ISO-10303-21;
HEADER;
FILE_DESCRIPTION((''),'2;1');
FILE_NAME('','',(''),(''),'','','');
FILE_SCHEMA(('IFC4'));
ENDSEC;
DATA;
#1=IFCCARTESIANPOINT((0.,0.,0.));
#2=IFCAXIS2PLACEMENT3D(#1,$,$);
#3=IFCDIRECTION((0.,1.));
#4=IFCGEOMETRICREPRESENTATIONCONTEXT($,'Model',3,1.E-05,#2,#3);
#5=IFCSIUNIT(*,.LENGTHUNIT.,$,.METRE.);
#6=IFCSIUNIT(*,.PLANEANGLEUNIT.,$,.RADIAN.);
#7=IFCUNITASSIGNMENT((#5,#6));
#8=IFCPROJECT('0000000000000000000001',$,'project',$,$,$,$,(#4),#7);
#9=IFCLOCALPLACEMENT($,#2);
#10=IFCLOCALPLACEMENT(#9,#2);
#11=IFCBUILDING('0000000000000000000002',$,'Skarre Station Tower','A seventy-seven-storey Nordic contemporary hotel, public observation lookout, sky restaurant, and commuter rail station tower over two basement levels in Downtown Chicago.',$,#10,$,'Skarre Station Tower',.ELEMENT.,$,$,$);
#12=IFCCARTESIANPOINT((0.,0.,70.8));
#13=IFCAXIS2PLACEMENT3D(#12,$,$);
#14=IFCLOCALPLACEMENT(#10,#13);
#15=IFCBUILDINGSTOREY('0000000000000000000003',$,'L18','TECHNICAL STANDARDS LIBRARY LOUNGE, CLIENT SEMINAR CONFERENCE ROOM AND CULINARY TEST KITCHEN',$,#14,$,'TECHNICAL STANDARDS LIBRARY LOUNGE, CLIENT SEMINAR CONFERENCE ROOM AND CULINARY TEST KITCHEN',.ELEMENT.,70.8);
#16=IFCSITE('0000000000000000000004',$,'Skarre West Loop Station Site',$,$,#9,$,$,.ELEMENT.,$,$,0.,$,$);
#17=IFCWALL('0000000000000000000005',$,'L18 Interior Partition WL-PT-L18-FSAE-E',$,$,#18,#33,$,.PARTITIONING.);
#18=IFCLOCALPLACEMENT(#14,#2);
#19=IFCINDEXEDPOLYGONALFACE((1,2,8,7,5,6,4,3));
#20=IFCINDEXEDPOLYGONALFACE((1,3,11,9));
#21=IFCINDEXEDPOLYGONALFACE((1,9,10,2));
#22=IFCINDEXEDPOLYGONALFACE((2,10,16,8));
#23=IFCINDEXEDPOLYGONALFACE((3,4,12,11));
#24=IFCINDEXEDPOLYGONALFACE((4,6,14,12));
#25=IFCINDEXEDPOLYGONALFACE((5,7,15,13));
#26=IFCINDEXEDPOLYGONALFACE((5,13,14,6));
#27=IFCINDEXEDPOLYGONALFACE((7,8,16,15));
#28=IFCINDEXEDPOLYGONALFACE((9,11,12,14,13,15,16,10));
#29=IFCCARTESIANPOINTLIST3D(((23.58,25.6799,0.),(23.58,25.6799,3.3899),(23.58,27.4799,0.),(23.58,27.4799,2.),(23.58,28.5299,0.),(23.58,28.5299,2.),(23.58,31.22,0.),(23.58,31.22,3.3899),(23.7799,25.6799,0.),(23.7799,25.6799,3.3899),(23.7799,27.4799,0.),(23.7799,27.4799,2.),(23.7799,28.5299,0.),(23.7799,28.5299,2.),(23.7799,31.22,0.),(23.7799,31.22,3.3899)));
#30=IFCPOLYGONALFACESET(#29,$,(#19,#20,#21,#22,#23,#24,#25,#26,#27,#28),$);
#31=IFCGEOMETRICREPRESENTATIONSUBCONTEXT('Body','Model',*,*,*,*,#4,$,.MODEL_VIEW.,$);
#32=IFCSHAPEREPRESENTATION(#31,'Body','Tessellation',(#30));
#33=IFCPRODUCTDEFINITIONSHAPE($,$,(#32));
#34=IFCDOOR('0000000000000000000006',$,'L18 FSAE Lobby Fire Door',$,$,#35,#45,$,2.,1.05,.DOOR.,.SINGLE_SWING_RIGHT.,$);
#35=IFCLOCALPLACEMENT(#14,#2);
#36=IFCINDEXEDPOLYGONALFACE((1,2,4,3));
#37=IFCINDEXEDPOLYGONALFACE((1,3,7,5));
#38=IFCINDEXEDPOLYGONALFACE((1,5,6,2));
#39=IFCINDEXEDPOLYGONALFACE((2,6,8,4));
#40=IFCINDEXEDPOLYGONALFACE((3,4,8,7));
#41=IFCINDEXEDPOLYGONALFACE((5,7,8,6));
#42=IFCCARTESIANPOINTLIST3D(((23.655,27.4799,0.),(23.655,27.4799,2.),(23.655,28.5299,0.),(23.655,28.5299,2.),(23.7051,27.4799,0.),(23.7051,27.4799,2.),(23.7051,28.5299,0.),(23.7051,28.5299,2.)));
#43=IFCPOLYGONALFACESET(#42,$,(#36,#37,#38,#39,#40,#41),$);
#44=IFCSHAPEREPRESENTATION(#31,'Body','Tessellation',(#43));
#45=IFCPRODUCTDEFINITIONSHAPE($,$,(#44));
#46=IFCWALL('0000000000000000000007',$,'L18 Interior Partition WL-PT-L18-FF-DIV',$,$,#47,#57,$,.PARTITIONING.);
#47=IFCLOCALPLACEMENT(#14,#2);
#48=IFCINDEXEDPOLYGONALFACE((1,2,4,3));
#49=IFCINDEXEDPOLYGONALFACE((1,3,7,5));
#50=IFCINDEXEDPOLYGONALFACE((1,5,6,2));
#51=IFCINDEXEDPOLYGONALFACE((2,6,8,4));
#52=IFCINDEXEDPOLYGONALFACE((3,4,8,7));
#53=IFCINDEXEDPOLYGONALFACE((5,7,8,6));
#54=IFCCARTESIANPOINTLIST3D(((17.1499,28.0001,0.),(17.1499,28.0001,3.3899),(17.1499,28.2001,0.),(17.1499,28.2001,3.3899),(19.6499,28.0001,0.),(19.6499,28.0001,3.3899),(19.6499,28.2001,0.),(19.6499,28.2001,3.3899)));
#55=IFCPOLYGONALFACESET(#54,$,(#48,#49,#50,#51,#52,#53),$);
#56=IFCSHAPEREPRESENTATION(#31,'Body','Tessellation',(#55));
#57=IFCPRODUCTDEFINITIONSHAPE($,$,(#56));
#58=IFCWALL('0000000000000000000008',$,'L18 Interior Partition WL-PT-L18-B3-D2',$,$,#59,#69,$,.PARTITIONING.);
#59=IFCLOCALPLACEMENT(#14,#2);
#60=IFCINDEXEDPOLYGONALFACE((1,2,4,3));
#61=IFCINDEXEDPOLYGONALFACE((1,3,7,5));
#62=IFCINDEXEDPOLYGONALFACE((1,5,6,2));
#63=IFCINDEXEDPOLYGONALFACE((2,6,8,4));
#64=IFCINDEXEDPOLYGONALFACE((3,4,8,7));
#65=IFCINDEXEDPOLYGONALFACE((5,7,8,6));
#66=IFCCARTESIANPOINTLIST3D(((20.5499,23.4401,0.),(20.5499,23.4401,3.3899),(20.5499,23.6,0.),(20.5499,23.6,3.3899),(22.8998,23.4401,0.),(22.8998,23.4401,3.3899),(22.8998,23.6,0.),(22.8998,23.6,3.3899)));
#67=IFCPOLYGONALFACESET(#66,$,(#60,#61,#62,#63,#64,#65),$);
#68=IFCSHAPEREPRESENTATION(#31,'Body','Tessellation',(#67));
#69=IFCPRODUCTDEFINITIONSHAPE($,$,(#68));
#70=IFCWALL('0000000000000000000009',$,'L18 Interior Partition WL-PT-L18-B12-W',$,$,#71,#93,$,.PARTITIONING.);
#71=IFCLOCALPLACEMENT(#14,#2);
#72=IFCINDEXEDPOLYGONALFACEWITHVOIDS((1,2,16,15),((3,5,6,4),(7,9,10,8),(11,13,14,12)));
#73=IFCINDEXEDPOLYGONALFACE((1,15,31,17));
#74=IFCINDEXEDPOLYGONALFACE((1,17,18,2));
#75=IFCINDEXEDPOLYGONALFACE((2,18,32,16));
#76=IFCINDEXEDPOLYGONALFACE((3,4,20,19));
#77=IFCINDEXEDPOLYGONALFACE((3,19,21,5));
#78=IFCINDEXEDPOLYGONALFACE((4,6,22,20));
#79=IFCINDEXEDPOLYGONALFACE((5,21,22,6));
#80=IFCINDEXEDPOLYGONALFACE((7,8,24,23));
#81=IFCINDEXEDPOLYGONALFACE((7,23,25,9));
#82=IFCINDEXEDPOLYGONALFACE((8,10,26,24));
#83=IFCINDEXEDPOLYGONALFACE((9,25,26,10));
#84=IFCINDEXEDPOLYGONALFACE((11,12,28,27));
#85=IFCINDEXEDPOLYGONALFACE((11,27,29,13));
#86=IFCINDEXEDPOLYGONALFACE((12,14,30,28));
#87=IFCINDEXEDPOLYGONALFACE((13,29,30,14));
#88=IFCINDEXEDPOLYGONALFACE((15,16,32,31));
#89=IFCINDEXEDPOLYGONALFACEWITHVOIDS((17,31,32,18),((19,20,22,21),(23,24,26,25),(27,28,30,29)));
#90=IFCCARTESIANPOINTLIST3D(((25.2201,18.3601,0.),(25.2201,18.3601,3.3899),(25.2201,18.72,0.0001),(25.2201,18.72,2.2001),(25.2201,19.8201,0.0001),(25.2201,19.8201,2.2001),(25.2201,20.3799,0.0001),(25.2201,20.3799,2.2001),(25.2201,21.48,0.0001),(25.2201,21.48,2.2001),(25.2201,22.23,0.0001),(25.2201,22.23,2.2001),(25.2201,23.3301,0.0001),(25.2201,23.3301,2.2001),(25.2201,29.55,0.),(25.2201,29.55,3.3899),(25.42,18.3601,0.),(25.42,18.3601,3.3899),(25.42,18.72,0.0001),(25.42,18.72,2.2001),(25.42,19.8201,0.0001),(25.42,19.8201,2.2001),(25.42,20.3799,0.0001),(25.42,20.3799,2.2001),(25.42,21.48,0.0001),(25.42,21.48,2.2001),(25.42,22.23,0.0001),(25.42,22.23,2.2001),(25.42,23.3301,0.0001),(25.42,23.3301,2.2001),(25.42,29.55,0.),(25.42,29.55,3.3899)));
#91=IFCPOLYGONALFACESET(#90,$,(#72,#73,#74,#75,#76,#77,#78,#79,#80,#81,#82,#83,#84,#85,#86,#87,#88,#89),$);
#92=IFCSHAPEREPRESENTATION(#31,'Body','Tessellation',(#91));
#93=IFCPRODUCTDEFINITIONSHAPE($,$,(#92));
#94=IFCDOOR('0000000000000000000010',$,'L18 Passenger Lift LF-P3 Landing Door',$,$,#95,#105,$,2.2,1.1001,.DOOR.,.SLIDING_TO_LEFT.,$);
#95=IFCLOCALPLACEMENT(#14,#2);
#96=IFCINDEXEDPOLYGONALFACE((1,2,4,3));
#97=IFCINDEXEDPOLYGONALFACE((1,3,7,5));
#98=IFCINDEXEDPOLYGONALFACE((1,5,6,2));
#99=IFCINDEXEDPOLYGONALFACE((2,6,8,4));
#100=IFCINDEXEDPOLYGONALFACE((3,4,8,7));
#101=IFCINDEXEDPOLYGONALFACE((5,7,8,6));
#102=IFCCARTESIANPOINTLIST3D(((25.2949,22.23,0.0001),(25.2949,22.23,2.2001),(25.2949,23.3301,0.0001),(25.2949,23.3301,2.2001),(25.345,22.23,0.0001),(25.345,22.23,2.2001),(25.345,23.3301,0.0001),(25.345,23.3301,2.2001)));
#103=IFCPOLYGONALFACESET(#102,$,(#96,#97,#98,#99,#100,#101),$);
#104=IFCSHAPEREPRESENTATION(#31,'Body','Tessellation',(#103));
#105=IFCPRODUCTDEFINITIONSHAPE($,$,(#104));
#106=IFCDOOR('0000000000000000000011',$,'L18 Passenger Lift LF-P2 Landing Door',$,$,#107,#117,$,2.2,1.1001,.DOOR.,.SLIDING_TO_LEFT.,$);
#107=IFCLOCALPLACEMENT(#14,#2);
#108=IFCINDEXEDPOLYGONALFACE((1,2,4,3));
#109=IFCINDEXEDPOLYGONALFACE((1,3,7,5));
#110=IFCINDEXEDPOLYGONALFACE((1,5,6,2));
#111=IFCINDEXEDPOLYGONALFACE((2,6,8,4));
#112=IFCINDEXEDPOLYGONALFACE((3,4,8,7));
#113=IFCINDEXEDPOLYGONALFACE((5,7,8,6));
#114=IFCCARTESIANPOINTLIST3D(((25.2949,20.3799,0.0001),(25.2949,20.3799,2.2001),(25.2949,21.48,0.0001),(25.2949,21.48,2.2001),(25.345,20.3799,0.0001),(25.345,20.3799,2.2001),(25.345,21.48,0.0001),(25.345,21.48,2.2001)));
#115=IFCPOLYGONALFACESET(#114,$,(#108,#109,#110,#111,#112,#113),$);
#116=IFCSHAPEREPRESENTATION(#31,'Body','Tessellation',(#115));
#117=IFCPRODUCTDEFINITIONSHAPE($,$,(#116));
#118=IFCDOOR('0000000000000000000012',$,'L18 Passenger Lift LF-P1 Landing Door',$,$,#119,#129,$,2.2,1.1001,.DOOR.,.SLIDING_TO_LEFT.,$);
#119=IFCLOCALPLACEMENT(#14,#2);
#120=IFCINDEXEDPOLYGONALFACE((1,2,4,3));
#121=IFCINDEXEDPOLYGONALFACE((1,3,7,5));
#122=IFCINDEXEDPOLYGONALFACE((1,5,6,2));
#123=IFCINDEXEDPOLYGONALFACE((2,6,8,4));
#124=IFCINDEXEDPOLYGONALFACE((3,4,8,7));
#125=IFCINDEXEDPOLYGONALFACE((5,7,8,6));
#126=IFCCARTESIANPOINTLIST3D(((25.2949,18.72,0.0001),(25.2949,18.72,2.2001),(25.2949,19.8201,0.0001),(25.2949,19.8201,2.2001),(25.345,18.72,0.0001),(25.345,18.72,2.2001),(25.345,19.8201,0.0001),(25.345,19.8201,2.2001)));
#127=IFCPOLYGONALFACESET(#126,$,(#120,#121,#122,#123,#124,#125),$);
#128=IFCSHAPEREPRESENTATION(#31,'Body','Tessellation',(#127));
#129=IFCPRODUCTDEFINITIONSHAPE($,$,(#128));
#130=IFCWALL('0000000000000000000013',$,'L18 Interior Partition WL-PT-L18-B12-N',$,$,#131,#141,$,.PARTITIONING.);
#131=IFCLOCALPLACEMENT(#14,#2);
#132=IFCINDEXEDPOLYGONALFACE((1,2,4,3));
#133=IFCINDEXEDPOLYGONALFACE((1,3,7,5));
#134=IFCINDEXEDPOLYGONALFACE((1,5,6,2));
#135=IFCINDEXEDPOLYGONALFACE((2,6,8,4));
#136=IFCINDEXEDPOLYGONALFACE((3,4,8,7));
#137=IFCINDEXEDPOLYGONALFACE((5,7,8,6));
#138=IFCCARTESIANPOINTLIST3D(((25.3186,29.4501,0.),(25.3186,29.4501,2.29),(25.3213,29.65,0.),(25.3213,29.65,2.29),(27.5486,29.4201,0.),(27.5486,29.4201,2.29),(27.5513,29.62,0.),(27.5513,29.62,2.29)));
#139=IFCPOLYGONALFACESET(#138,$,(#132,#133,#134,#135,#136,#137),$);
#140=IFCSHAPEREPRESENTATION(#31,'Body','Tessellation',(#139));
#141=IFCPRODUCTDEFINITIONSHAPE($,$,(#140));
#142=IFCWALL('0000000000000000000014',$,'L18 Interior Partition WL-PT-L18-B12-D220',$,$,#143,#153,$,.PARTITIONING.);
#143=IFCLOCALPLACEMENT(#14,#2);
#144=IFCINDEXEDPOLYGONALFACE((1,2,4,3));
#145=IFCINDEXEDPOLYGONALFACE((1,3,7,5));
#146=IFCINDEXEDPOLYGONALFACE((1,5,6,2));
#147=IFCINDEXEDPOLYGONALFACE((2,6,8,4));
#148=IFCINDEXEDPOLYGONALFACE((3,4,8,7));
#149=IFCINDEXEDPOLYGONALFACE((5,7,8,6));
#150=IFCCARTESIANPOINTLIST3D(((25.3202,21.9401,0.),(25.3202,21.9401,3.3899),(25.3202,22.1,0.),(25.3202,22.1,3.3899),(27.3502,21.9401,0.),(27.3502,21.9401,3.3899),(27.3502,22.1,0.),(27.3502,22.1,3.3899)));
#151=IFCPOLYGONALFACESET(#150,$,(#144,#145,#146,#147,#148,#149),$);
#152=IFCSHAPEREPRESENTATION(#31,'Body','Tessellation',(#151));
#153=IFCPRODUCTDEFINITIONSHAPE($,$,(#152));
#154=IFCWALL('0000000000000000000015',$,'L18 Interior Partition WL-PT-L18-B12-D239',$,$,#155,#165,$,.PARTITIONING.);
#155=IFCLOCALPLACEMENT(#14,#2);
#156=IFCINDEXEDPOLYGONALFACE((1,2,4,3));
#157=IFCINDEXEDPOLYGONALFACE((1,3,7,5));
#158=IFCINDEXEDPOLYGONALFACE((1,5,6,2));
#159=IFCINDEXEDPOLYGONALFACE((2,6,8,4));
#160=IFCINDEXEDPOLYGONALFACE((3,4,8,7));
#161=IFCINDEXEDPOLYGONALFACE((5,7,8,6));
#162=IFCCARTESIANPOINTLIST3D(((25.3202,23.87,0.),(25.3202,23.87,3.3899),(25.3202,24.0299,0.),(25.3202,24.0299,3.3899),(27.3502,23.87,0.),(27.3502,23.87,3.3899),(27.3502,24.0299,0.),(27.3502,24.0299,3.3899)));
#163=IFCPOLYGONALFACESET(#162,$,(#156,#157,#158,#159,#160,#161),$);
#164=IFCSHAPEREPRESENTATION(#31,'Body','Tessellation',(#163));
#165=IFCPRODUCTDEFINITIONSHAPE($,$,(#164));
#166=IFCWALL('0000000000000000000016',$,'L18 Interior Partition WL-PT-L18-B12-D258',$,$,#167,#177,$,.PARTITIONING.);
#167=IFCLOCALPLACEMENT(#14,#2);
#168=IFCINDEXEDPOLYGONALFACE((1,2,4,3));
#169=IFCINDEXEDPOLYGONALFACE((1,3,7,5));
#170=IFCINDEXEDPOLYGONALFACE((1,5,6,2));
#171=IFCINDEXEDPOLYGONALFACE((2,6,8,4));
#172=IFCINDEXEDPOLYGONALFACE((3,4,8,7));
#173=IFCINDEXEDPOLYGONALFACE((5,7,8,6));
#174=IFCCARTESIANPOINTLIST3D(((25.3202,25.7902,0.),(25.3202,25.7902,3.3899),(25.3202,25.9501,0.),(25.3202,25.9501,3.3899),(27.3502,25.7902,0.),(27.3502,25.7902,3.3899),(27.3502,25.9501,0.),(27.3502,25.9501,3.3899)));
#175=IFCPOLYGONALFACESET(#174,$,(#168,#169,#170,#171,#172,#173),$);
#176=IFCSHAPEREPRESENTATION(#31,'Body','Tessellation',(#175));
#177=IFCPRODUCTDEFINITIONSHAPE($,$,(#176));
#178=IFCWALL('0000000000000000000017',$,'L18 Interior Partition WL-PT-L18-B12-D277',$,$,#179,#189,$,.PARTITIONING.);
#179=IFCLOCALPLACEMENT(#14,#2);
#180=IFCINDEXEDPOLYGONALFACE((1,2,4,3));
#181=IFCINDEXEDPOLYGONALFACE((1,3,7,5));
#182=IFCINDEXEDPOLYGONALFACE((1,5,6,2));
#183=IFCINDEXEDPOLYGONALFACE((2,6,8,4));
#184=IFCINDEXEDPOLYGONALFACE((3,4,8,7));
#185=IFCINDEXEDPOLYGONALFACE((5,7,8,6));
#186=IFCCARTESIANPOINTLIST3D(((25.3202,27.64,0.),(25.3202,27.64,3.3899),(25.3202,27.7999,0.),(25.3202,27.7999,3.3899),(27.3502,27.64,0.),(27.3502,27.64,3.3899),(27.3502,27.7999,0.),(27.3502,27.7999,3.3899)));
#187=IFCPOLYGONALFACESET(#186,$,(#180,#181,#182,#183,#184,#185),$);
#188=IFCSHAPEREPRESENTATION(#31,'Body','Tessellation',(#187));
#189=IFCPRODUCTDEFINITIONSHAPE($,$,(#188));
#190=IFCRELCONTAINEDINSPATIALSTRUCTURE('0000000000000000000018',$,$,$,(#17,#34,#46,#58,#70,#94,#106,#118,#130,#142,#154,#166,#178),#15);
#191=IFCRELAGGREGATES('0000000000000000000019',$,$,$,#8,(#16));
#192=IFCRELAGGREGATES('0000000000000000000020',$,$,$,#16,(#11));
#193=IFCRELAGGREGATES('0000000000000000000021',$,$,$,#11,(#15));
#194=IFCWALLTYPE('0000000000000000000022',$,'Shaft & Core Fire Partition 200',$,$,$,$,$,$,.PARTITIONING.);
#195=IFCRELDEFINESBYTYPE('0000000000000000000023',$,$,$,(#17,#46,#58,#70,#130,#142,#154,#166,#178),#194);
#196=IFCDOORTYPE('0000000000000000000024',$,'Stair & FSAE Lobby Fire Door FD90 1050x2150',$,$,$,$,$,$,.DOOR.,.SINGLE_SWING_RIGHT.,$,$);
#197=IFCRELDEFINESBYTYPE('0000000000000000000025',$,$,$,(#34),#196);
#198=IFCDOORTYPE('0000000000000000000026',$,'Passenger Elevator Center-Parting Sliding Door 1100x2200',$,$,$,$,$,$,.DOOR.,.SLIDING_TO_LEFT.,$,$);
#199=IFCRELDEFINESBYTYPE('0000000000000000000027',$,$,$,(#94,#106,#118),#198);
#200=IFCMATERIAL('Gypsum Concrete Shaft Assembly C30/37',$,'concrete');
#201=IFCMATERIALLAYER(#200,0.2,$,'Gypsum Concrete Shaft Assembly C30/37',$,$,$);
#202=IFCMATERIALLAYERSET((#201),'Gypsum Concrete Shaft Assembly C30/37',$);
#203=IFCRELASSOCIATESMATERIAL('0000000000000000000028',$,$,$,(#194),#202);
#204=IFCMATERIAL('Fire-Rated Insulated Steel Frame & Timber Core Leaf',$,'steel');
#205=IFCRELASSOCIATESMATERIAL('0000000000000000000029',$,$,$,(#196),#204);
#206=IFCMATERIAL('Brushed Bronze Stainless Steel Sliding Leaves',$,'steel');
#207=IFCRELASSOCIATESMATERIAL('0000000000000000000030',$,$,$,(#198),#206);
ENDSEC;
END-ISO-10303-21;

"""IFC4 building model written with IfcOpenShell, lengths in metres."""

from ifc_helpers import new_model, si_unit, direction, frame, frame_2d, origin, place, context, subcontext, project, spatial, rectangle, extrude, material, layer, layer_set, type_object, element, fill, save


model = new_model("IFC4")

# Units and contexts
model_context = context("Model", 3, precision=1e-05, world=origin(), true_north=direction((0.0, 1.0)))
body_context = subcontext(model_context, "Body", "Model", "MODEL_VIEW")
ifc_project = project(units=[si_unit("LENGTHUNIT", "METRE"), si_unit("PLANEANGLEUNIT", "RADIAN")], contexts=[model_context])

# Site, building, storey
site_placement = place(None, origin())
site = spatial("IfcSite", under=ifc_project, at=site_placement, Name="Skarre West Loop Station Site", CompositionType="ELEMENT", RefElevation=0.0)
building_placement = place(site_placement, origin())
building = spatial("IfcBuilding", under=site, at=building_placement, Name="Skarre Station Tower", Description="A seventy-seven-storey Nordic contemporary hotel, public observation lookout, sky restaurant, and commuter rail station tower over two basement levels in Downtown Chicago.", LongName="Skarre Station Tower", CompositionType="ELEMENT")
storey_placement = place(building_placement, frame((0.0, 0.0, 70.8)))
storey = spatial("IfcBuildingStorey", under=building, at=storey_placement, Name="L18", Description="TECHNICAL STANDARDS LIBRARY LOUNGE, CLIENT SEMINAR CONFERENCE ROOM AND CULINARY TEST KITCHEN", LongName="TECHNICAL STANDARDS LIBRARY LOUNGE, CLIENT SEMINAR CONFERENCE ROOM AND CULINARY TEST KITCHEN", CompositionType="ELEMENT", Elevation=70.8)

# Shared definitions
ifc_material_1 = material(Name="Gypsum Concrete Shaft Assembly C30/37", Category="concrete")
ifc_layer_1 = layer(ifc_material_1, 0.2, Name="Gypsum Concrete Shaft Assembly C30/37")
ifc_layer_set_1 = layer_set([ifc_layer_1], Name="Gypsum Concrete Shaft Assembly C30/37")
wall_type_1 = type_object("IfcWallType", Name="Shaft & Core Fire Partition 200", PredefinedType="PARTITIONING", material=ifc_layer_set_1)

# Wall, opening, door
wall_1_placement = place(storey_placement, frame((23.6799, 25.6799, 0.0), z_axis=(0.0, 0.0, 1.0), x_axis=(0.0, 1.0, 0.0)))
wall_1 = element("IfcWall", 1, at=wall_1_placement, inside=storey, type_object=wall_type_1, Name="L18 Interior Partition WL-PT-L18-FSAE-E", PredefinedType="PARTITIONING", context=body_context, shape_type="SweptSolid", body=[
    extrude(rectangle(XDim=5.54, YDim=0.2, at=frame_2d((2.77, 0.0))), origin(), (0.0, 0.0, 1.0), 3.3899),
])
opening_1_placement = place(wall_1_placement, frame((1.8, 0.0, 0.0)))
opening_1 = element("IfcOpeningElement", 2, at=opening_1_placement, cuts=wall_1, PredefinedType="OPENING", context=body_context, shape_type="SweptSolid", body=[
    extrude(rectangle(XDim=1.05, YDim=2.0, at=frame_2d((0.5249, 1.0))), frame((0.0, 0.1099, 0.0), z_axis=(0.0, -1.0, 0.0), x_axis=(1.0, 0.0, 0.0)), (0.0, 0.0, 1.0), 0.22),
])
ifc_material_2 = material(Name="Fire-Rated Insulated Steel Frame & Timber Core Leaf", Category="steel")
door_type_1 = type_object("IfcDoorType", Name="Stair & FSAE Lobby Fire Door FD90 1050x2150", OperationType="SINGLE_SWING_RIGHT", PredefinedType="DOOR", material=ifc_material_2)
door_1_placement = place(opening_1_placement, origin())
door_1 = element("IfcDoor", 3, at=door_1_placement, inside=storey, type_object=door_type_1, Name="L18 FSAE Lobby Fire Door", OperationType="SINGLE_SWING_RIGHT", OverallHeight=2.0, OverallWidth=1.05, PredefinedType="DOOR", context=body_context, shape_type="SweptSolid", body=[
    extrude(rectangle(XDim=1.05, YDim=2.0, at=frame_2d((0.5249, 1.0))), frame((0.0, 0.0249, 0.0), z_axis=(0.0, -1.0, 0.0), x_axis=(1.0, 0.0, 0.0)), (0.0, 0.0, 1.0), 0.05),
])
fill(opening_1, door_1)

# Walls
wall_2_placement = place(storey_placement, frame((17.1499, 28.1001, 0.0), z_axis=(0.0, 0.0, 1.0), x_axis=(1.0, 0.0, 0.0)))
element("IfcWall", 4, at=wall_2_placement, inside=storey, type_object=wall_type_1, Name="L18 Interior Partition WL-PT-L18-FF-DIV", PredefinedType="PARTITIONING", context=body_context, shape_type="SweptSolid", body=[
    extrude(rectangle(XDim=2.5, YDim=0.2, at=frame_2d((1.25, 0.0))), origin(), (0.0, 0.0, 1.0), 3.3899),
])
wall_3_placement = place(storey_placement, frame((20.55, 23.52, 0.0), z_axis=(0.0, 0.0, 1.0), x_axis=(1.0, 0.0, 0.0)))
element("IfcWall", 5, at=wall_3_placement, inside=storey, type_object=wall_type_1, Name="L18 Interior Partition WL-PT-L18-B3-D2", PredefinedType="PARTITIONING", context=body_context, shape_type="SweptSolid", body=[
    extrude(rectangle(XDim=2.3499, YDim=0.1599, at=frame_2d((1.1748, 0.0))), origin(), (0.0, 0.0, 1.0), 3.3899),
])

# Wall, openings, doors
wall_4_placement = place(storey_placement, frame((25.3201, 29.55, 0.0), z_axis=(0.0, 0.0, 1.0), x_axis=(0.0, -1.0, 0.0)))
wall_4 = element("IfcWall", 6, at=wall_4_placement, inside=storey, type_object=wall_type_1, Name="L18 Interior Partition WL-PT-L18-B12-W", PredefinedType="PARTITIONING", context=body_context, shape_type="SweptSolid", body=[
    extrude(rectangle(XDim=11.1899, YDim=0.2, at=frame_2d((5.595, 0.0))), origin(), (0.0, 0.0, 1.0), 3.3899),
])
opening_2_placement = place(wall_4_placement, frame((6.22, 0.0, 0.0)))
opening_2 = element("IfcOpeningElement", 7, at=opening_2_placement, cuts=wall_4, PredefinedType="OPENING", context=body_context, shape_type="SweptSolid", body=[
    extrude(rectangle(XDim=1.1001, YDim=2.2, at=frame_2d((0.55, 1.1001))), frame((0.0, 0.1099, 0.0), z_axis=(0.0, -1.0, 0.0), x_axis=(1.0, 0.0, 0.0)), (0.0, 0.0, 1.0), 0.22),
])
opening_3_placement = place(wall_4_placement, frame((8.0701, 0.0, 0.0)))
opening_3 = element("IfcOpeningElement", 8, at=opening_3_placement, cuts=wall_4, PredefinedType="OPENING", context=body_context, shape_type="SweptSolid", body=[
    extrude(rectangle(XDim=1.1001, YDim=2.2, at=frame_2d((0.55, 1.1001))), frame((0.0, 0.1099, 0.0), z_axis=(0.0, -1.0, 0.0), x_axis=(1.0, 0.0, 0.0)), (0.0, 0.0, 1.0), 0.22),
])
opening_4_placement = place(wall_4_placement, frame((9.73, 0.0, 0.0)))
opening_4 = element("IfcOpeningElement", 9, at=opening_4_placement, cuts=wall_4, PredefinedType="OPENING", context=body_context, shape_type="SweptSolid", body=[
    extrude(rectangle(XDim=1.1001, YDim=2.2, at=frame_2d((0.55, 1.1001))), frame((0.0, 0.1099, 0.0), z_axis=(0.0, -1.0, 0.0), x_axis=(1.0, 0.0, 0.0)), (0.0, 0.0, 1.0), 0.22),
])
ifc_material_3 = material(Name="Brushed Bronze Stainless Steel Sliding Leaves", Category="steel")
door_type_2 = type_object("IfcDoorType", Name="Passenger Elevator Center-Parting Sliding Door 1100x2200", OperationType="SLIDING_TO_LEFT", PredefinedType="DOOR", material=ifc_material_3)
door_2_placement = place(opening_2_placement, origin())
door_2 = element("IfcDoor", 10, at=door_2_placement, inside=storey, type_object=door_type_2, Name="L18 Passenger Lift LF-P3 Landing Door", OperationType="SLIDING_TO_LEFT", OverallHeight=2.2, OverallWidth=1.1001, PredefinedType="DOOR", context=body_context, shape_type="SweptSolid", body=[
    extrude(rectangle(XDim=1.1001, YDim=2.2, at=frame_2d((0.55, 1.1001))), frame((0.0, 0.0249, 0.0), z_axis=(0.0, -1.0, 0.0), x_axis=(1.0, 0.0, 0.0)), (0.0, 0.0, 1.0), 0.05),
])
fill(opening_2, door_2)
door_3_placement = place(opening_3_placement, origin())
door_3 = element("IfcDoor", 11, at=door_3_placement, inside=storey, type_object=door_type_2, Name="L18 Passenger Lift LF-P2 Landing Door", OperationType="SLIDING_TO_LEFT", OverallHeight=2.2, OverallWidth=1.1001, PredefinedType="DOOR", context=body_context, shape_type="SweptSolid", body=[
    extrude(rectangle(XDim=1.1001, YDim=2.2, at=frame_2d((0.55, 1.1001))), frame((0.0, 0.0249, 0.0), z_axis=(0.0, -1.0, 0.0), x_axis=(1.0, 0.0, 0.0)), (0.0, 0.0, 1.0), 0.05),
])
fill(opening_3, door_3)
door_4_placement = place(opening_4_placement, origin())
door_4 = element("IfcDoor", 12, at=door_4_placement, inside=storey, type_object=door_type_2, Name="L18 Passenger Lift LF-P1 Landing Door", OperationType="SLIDING_TO_LEFT", OverallHeight=2.2, OverallWidth=1.1001, PredefinedType="DOOR", context=body_context, shape_type="SweptSolid", body=[
    extrude(rectangle(XDim=1.1001, YDim=2.2, at=frame_2d((0.55, 1.1001))), frame((0.0, 0.0249, 0.0), z_axis=(0.0, -1.0, 0.0), x_axis=(1.0, 0.0, 0.0)), (0.0, 0.0, 1.0), 0.05),
])
fill(opening_4, door_4)

# Walls
wall_5_placement = place(storey_placement, frame((27.55, 29.52, 0.0), z_axis=(0.0, 0.0, 1.0), x_axis=(-0.999909, 0.013465, 0.0)))
element("IfcWall", 13, at=wall_5_placement, inside=storey, type_object=wall_type_1, Name="L18 Interior Partition WL-PT-L18-B12-N", PredefinedType="PARTITIONING", context=body_context, shape_type="SweptSolid", body=[
    extrude(rectangle(XDim=2.2302, YDim=0.2, at=frame_2d((1.1152, 0.0))), origin(), (0.0, 0.0, 1.0), 2.29),
])
for number, where, z_axis, x_axis, name in (
    (14, (25.3201, 22.02, 0.0), (0.0, 0.0, 1.0), (1.0, 0.0, 0.0), "L18 Interior Partition WL-PT-L18-B12-D220"),
    (15, (25.3201, 23.95, 0.0), (0.0, 0.0, 1.0), (1.0, 0.0, 0.0), "L18 Interior Partition WL-PT-L18-B12-D239"),
    (16, (25.3201, 25.8701, 0.0), (0.0, 0.0, 1.0), (1.0, 0.0, 0.0), "L18 Interior Partition WL-PT-L18-B12-D258"),
    (17, (25.3201, 27.72, 0.0), (0.0, 0.0, 1.0), (1.0, 0.0, 0.0), "L18 Interior Partition WL-PT-L18-B12-D277"),
):
    element("IfcWall", number, at=place(storey_placement, frame(where, z_axis=z_axis, x_axis=x_axis)), inside=storey, type_object=wall_type_1, Name=name, PredefinedType="PARTITIONING", context=body_context, shape_type="SweptSolid", body=[
        extrude(rectangle(XDim=2.03, YDim=0.1599, at=frame_2d((1.0151, 0.0))), origin(), (0.0, 0.0, 1.0), 3.3899),
    ])

save(model, "model.ifc")
